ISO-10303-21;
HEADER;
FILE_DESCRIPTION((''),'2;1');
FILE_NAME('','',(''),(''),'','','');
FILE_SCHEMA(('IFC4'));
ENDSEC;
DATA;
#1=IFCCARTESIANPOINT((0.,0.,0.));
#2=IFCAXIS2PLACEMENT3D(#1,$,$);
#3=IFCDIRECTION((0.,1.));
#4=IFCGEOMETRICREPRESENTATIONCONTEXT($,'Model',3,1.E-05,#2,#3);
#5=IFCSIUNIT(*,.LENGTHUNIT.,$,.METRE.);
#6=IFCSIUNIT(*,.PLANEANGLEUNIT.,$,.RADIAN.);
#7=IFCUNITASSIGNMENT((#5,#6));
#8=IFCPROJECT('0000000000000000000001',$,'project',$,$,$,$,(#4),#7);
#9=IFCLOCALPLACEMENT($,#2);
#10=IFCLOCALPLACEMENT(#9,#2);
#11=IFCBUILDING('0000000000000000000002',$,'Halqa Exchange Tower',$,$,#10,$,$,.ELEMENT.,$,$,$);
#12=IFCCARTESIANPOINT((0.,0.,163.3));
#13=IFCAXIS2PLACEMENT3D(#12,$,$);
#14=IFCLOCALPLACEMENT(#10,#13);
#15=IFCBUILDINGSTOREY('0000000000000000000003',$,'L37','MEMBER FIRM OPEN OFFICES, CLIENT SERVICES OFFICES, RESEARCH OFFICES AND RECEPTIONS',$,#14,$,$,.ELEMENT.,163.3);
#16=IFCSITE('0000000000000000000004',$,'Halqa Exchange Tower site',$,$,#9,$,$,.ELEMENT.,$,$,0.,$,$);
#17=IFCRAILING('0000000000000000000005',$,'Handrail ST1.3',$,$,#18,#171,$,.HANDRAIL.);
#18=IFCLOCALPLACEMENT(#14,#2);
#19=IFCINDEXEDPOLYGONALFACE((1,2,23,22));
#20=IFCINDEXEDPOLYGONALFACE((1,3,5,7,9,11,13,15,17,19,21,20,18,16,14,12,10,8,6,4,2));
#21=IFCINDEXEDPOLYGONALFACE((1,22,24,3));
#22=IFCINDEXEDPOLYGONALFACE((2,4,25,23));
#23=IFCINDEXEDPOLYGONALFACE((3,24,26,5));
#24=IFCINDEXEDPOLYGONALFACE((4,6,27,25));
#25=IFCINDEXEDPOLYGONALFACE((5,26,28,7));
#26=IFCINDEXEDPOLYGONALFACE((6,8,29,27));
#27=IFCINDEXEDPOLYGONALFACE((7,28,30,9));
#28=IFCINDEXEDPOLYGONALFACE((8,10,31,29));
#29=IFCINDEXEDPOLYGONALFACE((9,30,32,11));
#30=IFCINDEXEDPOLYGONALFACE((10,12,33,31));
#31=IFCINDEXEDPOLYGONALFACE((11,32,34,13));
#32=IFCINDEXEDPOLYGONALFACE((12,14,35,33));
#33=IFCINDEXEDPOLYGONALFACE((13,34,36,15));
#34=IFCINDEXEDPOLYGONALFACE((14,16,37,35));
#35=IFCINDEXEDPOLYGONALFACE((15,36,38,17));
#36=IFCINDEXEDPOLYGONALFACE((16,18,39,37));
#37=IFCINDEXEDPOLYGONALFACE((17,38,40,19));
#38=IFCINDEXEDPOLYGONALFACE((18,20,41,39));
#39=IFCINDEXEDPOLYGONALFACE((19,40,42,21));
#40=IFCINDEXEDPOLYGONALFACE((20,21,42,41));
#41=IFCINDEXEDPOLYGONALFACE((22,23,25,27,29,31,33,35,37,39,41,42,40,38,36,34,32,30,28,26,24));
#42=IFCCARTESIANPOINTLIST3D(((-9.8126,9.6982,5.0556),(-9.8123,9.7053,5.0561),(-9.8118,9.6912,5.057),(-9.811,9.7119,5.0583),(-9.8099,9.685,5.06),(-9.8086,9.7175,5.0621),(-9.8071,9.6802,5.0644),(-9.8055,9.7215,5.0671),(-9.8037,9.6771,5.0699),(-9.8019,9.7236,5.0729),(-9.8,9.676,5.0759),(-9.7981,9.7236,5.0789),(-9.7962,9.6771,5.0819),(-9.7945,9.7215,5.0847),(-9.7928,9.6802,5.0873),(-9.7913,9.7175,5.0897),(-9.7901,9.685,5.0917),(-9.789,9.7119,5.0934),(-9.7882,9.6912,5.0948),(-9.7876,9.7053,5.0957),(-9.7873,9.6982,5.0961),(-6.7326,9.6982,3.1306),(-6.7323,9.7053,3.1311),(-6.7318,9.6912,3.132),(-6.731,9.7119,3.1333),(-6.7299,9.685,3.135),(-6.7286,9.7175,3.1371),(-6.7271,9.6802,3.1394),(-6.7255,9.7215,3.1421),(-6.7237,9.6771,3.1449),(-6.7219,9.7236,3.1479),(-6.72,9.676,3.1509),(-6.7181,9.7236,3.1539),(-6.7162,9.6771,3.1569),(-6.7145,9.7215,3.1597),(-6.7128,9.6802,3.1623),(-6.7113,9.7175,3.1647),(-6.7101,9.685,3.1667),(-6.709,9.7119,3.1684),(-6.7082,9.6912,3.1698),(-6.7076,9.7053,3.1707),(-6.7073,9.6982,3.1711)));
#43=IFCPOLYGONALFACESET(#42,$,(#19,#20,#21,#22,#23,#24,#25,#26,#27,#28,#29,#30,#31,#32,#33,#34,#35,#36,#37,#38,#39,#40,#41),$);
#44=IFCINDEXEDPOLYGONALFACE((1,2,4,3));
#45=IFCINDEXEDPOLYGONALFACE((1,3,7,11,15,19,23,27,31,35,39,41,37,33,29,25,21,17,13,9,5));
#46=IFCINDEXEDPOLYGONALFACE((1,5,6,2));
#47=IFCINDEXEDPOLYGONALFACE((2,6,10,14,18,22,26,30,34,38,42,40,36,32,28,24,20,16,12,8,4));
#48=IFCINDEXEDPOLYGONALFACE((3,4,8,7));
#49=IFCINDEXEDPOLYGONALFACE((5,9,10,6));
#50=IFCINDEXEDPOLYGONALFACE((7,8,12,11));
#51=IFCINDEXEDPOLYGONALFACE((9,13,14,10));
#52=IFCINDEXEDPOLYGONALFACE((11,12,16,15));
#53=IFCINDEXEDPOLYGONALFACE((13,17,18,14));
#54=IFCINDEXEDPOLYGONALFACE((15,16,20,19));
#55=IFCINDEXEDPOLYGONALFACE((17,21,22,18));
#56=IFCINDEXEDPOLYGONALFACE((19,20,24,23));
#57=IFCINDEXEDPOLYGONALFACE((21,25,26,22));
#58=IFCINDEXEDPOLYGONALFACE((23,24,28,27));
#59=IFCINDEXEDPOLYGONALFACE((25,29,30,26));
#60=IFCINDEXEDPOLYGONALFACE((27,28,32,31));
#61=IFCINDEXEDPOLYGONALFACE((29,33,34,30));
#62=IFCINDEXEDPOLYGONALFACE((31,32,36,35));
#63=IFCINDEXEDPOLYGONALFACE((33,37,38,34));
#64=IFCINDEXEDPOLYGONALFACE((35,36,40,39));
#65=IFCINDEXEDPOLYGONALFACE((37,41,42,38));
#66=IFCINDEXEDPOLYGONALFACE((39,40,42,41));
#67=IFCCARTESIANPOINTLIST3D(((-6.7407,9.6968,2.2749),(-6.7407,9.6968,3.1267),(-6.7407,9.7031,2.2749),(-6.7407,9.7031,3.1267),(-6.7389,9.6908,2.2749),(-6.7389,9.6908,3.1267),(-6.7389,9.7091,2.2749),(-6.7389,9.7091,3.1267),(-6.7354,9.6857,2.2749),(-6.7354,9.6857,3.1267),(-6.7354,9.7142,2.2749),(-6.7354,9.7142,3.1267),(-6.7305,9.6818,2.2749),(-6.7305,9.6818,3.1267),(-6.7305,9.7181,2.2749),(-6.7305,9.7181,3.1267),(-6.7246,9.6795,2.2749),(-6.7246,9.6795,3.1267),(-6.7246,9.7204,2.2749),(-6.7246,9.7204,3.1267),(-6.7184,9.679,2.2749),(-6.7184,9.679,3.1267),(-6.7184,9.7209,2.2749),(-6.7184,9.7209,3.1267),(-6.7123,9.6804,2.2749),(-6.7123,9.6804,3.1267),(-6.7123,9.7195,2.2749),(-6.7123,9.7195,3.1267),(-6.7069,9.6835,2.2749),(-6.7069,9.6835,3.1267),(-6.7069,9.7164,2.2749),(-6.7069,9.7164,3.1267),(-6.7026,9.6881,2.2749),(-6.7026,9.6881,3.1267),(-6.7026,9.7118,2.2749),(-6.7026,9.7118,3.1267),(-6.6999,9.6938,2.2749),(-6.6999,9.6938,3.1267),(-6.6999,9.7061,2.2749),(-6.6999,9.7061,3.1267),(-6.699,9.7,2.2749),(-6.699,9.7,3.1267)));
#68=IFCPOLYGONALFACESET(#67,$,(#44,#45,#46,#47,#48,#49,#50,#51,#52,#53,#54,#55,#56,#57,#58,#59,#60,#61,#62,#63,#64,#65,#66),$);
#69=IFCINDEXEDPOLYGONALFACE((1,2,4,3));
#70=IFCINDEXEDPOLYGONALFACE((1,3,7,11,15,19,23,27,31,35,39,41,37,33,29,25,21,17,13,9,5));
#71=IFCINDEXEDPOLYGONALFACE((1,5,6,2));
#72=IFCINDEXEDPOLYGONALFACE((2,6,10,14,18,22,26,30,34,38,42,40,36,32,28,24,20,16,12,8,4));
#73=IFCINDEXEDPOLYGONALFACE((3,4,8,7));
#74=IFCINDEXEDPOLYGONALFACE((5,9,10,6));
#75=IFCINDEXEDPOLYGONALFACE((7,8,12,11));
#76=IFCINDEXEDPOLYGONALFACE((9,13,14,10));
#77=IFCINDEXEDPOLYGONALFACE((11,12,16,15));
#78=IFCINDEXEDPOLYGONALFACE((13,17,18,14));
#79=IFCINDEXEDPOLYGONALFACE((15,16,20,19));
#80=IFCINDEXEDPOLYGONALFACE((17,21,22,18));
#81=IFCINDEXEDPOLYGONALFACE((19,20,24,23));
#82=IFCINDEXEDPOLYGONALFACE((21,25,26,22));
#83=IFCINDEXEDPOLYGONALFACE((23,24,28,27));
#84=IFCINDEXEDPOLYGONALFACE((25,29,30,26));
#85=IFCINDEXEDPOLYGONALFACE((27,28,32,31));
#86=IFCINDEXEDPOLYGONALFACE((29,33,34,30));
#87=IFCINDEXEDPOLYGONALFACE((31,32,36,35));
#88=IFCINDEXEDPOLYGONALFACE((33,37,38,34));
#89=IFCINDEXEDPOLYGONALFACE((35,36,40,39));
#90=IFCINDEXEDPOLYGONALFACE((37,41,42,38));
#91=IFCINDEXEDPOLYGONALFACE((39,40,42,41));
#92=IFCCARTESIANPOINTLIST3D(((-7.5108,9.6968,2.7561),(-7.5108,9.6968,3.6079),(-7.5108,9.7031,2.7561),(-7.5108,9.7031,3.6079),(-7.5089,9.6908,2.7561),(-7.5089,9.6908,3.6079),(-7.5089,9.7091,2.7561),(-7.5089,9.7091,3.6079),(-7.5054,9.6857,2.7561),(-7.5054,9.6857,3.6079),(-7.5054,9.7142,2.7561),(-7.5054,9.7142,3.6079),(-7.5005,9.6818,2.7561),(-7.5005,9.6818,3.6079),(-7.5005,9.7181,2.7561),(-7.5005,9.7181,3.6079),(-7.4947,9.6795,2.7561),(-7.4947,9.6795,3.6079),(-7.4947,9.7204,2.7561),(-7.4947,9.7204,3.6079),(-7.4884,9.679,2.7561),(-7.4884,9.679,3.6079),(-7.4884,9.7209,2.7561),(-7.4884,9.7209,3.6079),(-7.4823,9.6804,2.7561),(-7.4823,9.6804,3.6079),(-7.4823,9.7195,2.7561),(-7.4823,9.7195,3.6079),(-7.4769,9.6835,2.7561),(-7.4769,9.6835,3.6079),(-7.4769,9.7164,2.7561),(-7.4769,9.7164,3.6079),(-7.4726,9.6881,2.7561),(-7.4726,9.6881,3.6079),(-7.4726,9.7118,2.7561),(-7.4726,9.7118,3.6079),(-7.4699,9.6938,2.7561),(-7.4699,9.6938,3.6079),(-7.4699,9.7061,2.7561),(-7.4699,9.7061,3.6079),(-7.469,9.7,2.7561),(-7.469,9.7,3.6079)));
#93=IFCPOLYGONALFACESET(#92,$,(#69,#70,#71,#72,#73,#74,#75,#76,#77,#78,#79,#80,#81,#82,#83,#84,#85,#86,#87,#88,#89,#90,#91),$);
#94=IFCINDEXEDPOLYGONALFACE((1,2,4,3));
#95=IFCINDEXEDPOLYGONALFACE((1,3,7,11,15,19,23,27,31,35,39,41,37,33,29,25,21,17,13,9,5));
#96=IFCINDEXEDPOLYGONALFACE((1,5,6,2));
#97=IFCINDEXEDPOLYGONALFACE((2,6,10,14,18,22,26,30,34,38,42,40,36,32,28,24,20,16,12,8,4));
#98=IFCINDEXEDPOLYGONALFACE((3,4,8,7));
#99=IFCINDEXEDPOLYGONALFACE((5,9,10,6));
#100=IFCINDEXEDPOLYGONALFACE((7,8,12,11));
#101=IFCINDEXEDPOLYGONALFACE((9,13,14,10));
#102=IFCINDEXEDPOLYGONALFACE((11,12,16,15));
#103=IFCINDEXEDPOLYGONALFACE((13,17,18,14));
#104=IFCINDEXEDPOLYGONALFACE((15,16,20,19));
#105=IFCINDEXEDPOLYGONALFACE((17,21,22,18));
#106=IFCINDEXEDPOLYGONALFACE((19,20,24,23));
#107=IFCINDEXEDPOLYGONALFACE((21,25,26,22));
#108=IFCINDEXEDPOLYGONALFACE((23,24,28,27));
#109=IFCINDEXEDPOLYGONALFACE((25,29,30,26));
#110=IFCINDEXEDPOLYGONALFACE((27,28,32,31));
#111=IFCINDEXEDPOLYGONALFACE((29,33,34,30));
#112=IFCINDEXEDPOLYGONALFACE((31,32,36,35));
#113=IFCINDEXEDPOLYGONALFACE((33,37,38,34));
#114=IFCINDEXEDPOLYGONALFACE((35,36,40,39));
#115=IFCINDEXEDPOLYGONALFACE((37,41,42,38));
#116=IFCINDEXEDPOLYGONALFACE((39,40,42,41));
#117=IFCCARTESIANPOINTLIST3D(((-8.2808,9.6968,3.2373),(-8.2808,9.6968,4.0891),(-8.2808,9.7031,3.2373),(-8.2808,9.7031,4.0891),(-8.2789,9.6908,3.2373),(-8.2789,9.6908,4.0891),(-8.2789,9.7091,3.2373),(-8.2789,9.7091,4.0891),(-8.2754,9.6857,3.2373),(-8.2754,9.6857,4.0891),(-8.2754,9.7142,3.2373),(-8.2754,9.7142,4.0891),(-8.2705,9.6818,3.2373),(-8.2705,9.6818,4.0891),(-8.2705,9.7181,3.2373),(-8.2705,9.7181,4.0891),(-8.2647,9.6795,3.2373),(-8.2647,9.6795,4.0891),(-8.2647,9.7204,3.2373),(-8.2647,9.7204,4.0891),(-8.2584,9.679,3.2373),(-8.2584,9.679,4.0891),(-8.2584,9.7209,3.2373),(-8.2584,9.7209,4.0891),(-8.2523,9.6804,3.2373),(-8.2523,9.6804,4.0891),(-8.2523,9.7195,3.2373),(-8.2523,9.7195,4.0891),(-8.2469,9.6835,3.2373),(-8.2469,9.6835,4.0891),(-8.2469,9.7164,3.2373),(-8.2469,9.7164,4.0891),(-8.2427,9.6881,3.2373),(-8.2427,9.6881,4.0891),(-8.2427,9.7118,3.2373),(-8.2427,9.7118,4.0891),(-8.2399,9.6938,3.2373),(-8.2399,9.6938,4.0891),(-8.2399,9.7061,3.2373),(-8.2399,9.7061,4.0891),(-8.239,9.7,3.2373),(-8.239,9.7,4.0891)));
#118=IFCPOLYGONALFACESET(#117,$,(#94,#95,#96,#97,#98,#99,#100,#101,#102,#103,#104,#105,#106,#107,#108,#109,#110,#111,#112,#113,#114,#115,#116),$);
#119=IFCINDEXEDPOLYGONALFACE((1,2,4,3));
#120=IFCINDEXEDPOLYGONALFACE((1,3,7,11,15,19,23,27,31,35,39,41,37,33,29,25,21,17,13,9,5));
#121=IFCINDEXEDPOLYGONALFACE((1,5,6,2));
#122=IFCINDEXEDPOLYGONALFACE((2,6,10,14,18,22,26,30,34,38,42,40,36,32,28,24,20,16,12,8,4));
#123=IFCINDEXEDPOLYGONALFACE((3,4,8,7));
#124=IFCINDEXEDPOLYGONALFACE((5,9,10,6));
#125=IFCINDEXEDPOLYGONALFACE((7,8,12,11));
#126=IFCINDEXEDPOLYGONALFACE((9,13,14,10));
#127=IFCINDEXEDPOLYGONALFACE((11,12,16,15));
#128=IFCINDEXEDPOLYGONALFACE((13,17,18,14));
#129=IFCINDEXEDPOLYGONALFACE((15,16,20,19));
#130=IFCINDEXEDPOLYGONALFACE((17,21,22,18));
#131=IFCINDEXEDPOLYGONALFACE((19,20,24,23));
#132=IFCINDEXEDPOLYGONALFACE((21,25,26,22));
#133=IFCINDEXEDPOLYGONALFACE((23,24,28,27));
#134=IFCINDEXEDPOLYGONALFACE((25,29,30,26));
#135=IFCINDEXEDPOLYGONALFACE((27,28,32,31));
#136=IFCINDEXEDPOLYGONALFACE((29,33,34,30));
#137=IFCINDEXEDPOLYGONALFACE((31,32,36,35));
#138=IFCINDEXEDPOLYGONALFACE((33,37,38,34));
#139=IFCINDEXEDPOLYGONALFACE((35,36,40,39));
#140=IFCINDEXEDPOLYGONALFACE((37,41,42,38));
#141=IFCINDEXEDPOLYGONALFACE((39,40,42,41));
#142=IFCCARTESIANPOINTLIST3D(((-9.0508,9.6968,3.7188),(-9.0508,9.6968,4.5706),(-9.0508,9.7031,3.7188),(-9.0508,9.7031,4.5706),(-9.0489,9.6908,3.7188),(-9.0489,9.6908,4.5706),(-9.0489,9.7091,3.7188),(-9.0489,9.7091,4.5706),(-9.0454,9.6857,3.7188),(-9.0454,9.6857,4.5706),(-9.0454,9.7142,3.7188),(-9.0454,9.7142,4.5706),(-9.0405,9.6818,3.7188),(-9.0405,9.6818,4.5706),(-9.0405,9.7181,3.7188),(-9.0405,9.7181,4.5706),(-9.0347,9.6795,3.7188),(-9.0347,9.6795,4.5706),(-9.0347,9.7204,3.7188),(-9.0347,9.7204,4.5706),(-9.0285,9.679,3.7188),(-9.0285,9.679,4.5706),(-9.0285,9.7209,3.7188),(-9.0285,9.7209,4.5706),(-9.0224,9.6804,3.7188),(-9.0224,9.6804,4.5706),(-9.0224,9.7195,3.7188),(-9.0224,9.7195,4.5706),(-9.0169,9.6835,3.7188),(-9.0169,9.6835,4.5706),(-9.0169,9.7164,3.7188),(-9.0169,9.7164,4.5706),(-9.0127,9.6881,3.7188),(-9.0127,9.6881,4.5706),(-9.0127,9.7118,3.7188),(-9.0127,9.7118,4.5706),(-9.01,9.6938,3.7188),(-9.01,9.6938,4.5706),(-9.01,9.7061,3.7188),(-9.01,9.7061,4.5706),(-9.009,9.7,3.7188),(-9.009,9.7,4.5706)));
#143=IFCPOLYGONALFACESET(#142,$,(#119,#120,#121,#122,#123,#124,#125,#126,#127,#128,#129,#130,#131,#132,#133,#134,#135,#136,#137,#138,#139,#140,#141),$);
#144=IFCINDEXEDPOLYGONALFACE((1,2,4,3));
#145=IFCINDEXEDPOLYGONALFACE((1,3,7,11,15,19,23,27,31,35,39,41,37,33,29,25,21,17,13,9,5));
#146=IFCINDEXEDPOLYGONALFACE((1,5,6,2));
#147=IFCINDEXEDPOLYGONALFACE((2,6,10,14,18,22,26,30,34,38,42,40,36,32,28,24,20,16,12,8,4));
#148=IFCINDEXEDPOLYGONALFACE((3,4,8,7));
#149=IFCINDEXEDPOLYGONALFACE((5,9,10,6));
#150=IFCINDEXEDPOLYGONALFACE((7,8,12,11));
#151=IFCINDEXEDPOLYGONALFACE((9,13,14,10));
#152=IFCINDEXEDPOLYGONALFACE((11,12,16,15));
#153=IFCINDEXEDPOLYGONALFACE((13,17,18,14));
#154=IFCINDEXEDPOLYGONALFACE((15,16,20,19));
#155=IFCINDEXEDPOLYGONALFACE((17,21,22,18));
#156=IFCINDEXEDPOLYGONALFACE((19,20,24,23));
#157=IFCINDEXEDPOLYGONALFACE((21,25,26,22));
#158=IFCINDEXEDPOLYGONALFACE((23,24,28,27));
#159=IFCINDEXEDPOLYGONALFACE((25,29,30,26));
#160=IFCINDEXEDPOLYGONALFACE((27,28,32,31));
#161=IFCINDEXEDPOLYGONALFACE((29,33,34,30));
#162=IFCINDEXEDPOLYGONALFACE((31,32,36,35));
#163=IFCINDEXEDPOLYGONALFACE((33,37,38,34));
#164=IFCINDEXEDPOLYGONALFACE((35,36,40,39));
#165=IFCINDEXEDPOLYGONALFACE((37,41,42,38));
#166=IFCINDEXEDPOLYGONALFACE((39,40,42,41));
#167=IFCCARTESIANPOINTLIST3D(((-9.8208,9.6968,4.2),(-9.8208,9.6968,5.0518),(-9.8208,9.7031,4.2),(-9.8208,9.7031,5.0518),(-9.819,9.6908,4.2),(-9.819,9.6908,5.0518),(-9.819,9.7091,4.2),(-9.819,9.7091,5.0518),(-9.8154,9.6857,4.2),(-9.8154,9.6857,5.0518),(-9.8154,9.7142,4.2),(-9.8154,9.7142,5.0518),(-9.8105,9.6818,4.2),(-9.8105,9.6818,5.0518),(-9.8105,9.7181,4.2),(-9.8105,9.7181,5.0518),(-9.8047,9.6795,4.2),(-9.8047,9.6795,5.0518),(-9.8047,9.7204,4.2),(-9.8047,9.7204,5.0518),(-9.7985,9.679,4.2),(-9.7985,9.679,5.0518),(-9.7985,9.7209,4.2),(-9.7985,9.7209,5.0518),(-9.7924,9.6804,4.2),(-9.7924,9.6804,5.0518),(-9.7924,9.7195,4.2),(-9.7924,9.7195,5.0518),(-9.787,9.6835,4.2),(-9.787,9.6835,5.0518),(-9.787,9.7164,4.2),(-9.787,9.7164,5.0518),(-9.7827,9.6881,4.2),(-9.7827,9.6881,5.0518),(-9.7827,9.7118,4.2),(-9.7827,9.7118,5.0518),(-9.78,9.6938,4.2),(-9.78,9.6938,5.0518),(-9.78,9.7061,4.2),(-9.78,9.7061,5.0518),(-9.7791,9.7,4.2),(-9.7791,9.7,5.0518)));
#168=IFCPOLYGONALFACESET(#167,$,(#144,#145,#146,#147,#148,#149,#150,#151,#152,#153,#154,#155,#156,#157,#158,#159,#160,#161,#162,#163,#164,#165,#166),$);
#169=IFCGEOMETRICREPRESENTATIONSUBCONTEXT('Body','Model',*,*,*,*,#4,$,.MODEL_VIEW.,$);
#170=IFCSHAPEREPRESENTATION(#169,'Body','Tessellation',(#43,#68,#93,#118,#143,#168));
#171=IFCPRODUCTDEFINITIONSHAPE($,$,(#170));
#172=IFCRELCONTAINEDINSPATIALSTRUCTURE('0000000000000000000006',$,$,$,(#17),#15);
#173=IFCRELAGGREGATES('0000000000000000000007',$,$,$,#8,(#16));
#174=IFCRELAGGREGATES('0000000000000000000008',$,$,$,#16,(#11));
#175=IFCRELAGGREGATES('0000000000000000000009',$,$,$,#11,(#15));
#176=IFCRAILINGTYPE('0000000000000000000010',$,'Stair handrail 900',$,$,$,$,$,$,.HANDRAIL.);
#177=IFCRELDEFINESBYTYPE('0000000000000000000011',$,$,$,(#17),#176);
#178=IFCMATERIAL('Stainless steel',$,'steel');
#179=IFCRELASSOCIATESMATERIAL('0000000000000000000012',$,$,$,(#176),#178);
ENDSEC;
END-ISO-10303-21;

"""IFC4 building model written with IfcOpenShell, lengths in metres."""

from ifc_helpers import new_model, si_unit, direction, frame, origin, origin_2d, place, context, subcontext, project, spatial, circle, extrude, material, type_object, element, save


model = new_model("IFC4")

# Units and contexts
model_context = context("Model", 3, precision=1e-05, world=origin(), true_north=direction((0.0, 1.0)))
body_context = subcontext(model_context, "Body", "Model", "MODEL_VIEW")
ifc_project = project(units=[si_unit("LENGTHUNIT", "METRE"), si_unit("PLANEANGLEUNIT", "RADIAN")], contexts=[model_context])

# Site, building, storey
site_placement = place(None, origin())
site = spatial("IfcSite", under=ifc_project, at=site_placement, Name="Halqa Exchange Tower site", CompositionType="ELEMENT", RefElevation=0.0)
building_placement = place(site_placement, origin())
building = spatial("IfcBuilding", under=site, at=building_placement, Name="Halqa Exchange Tower", CompositionType="ELEMENT")
storey_placement = place(building_placement, frame((0.0, 0.0, 163.3)))
storey = spatial("IfcBuildingStorey", under=building, at=storey_placement, Name="L37", Description="MEMBER FIRM OPEN OFFICES, CLIENT SERVICES OFFICES, RESEARCH OFFICES AND RECEPTIONS", CompositionType="ELEMENT", Elevation=163.3)

# Railing
ifc_material_1 = material(Name="Stainless steel", Category="steel")
railing_type_1 = type_object("IfcRailingType", Name="Stair handrail 900", PredefinedType="HANDRAIL", material=ifc_material_1)
railing_1_placement = place(storey_placement, frame((-6.72, 9.7, 2.2749)))
element("IfcRailing", 1, at=railing_1_placement, inside=storey, type_object=railing_type_1, Name="Handrail ST1.3", PredefinedType="HANDRAIL", context=body_context, shape_type="SweptSolid", body=[
    extrude(circle(Radius=0.0239, at=origin_2d()), frame((0.0, 0.0, 0.876), z_axis=(-0.847998, 0.0, 0.529999), x_axis=(0.0, -1.0, 0.0)), (0.0, 0.0, 1.0), 3.6321),
    extrude(circle(Radius=0.021, at=origin_2d()), origin(), (0.0, 0.0, 1.0), 0.8518),
    extrude(circle(Radius=0.021, at=origin_2d()), frame((-0.77, 0.0, 0.4812)), (0.0, 0.0, 1.0), 0.8518),
    extrude(circle(Radius=0.021, at=origin_2d()), frame((-1.54, 0.0, 0.9624)), (0.0, 0.0, 1.0), 0.8518),
    extrude(circle(Radius=0.021, at=origin_2d()), frame((-2.3101, 0.0, 1.4438)), (0.0, 0.0, 1.0), 0.8518),
    extrude(circle(Radius=0.021, at=origin_2d()), frame((-3.0801, 0.0, 1.925)), (0.0, 0.0, 1.0), 0.8518),
])

save(model, "model.ifc")
